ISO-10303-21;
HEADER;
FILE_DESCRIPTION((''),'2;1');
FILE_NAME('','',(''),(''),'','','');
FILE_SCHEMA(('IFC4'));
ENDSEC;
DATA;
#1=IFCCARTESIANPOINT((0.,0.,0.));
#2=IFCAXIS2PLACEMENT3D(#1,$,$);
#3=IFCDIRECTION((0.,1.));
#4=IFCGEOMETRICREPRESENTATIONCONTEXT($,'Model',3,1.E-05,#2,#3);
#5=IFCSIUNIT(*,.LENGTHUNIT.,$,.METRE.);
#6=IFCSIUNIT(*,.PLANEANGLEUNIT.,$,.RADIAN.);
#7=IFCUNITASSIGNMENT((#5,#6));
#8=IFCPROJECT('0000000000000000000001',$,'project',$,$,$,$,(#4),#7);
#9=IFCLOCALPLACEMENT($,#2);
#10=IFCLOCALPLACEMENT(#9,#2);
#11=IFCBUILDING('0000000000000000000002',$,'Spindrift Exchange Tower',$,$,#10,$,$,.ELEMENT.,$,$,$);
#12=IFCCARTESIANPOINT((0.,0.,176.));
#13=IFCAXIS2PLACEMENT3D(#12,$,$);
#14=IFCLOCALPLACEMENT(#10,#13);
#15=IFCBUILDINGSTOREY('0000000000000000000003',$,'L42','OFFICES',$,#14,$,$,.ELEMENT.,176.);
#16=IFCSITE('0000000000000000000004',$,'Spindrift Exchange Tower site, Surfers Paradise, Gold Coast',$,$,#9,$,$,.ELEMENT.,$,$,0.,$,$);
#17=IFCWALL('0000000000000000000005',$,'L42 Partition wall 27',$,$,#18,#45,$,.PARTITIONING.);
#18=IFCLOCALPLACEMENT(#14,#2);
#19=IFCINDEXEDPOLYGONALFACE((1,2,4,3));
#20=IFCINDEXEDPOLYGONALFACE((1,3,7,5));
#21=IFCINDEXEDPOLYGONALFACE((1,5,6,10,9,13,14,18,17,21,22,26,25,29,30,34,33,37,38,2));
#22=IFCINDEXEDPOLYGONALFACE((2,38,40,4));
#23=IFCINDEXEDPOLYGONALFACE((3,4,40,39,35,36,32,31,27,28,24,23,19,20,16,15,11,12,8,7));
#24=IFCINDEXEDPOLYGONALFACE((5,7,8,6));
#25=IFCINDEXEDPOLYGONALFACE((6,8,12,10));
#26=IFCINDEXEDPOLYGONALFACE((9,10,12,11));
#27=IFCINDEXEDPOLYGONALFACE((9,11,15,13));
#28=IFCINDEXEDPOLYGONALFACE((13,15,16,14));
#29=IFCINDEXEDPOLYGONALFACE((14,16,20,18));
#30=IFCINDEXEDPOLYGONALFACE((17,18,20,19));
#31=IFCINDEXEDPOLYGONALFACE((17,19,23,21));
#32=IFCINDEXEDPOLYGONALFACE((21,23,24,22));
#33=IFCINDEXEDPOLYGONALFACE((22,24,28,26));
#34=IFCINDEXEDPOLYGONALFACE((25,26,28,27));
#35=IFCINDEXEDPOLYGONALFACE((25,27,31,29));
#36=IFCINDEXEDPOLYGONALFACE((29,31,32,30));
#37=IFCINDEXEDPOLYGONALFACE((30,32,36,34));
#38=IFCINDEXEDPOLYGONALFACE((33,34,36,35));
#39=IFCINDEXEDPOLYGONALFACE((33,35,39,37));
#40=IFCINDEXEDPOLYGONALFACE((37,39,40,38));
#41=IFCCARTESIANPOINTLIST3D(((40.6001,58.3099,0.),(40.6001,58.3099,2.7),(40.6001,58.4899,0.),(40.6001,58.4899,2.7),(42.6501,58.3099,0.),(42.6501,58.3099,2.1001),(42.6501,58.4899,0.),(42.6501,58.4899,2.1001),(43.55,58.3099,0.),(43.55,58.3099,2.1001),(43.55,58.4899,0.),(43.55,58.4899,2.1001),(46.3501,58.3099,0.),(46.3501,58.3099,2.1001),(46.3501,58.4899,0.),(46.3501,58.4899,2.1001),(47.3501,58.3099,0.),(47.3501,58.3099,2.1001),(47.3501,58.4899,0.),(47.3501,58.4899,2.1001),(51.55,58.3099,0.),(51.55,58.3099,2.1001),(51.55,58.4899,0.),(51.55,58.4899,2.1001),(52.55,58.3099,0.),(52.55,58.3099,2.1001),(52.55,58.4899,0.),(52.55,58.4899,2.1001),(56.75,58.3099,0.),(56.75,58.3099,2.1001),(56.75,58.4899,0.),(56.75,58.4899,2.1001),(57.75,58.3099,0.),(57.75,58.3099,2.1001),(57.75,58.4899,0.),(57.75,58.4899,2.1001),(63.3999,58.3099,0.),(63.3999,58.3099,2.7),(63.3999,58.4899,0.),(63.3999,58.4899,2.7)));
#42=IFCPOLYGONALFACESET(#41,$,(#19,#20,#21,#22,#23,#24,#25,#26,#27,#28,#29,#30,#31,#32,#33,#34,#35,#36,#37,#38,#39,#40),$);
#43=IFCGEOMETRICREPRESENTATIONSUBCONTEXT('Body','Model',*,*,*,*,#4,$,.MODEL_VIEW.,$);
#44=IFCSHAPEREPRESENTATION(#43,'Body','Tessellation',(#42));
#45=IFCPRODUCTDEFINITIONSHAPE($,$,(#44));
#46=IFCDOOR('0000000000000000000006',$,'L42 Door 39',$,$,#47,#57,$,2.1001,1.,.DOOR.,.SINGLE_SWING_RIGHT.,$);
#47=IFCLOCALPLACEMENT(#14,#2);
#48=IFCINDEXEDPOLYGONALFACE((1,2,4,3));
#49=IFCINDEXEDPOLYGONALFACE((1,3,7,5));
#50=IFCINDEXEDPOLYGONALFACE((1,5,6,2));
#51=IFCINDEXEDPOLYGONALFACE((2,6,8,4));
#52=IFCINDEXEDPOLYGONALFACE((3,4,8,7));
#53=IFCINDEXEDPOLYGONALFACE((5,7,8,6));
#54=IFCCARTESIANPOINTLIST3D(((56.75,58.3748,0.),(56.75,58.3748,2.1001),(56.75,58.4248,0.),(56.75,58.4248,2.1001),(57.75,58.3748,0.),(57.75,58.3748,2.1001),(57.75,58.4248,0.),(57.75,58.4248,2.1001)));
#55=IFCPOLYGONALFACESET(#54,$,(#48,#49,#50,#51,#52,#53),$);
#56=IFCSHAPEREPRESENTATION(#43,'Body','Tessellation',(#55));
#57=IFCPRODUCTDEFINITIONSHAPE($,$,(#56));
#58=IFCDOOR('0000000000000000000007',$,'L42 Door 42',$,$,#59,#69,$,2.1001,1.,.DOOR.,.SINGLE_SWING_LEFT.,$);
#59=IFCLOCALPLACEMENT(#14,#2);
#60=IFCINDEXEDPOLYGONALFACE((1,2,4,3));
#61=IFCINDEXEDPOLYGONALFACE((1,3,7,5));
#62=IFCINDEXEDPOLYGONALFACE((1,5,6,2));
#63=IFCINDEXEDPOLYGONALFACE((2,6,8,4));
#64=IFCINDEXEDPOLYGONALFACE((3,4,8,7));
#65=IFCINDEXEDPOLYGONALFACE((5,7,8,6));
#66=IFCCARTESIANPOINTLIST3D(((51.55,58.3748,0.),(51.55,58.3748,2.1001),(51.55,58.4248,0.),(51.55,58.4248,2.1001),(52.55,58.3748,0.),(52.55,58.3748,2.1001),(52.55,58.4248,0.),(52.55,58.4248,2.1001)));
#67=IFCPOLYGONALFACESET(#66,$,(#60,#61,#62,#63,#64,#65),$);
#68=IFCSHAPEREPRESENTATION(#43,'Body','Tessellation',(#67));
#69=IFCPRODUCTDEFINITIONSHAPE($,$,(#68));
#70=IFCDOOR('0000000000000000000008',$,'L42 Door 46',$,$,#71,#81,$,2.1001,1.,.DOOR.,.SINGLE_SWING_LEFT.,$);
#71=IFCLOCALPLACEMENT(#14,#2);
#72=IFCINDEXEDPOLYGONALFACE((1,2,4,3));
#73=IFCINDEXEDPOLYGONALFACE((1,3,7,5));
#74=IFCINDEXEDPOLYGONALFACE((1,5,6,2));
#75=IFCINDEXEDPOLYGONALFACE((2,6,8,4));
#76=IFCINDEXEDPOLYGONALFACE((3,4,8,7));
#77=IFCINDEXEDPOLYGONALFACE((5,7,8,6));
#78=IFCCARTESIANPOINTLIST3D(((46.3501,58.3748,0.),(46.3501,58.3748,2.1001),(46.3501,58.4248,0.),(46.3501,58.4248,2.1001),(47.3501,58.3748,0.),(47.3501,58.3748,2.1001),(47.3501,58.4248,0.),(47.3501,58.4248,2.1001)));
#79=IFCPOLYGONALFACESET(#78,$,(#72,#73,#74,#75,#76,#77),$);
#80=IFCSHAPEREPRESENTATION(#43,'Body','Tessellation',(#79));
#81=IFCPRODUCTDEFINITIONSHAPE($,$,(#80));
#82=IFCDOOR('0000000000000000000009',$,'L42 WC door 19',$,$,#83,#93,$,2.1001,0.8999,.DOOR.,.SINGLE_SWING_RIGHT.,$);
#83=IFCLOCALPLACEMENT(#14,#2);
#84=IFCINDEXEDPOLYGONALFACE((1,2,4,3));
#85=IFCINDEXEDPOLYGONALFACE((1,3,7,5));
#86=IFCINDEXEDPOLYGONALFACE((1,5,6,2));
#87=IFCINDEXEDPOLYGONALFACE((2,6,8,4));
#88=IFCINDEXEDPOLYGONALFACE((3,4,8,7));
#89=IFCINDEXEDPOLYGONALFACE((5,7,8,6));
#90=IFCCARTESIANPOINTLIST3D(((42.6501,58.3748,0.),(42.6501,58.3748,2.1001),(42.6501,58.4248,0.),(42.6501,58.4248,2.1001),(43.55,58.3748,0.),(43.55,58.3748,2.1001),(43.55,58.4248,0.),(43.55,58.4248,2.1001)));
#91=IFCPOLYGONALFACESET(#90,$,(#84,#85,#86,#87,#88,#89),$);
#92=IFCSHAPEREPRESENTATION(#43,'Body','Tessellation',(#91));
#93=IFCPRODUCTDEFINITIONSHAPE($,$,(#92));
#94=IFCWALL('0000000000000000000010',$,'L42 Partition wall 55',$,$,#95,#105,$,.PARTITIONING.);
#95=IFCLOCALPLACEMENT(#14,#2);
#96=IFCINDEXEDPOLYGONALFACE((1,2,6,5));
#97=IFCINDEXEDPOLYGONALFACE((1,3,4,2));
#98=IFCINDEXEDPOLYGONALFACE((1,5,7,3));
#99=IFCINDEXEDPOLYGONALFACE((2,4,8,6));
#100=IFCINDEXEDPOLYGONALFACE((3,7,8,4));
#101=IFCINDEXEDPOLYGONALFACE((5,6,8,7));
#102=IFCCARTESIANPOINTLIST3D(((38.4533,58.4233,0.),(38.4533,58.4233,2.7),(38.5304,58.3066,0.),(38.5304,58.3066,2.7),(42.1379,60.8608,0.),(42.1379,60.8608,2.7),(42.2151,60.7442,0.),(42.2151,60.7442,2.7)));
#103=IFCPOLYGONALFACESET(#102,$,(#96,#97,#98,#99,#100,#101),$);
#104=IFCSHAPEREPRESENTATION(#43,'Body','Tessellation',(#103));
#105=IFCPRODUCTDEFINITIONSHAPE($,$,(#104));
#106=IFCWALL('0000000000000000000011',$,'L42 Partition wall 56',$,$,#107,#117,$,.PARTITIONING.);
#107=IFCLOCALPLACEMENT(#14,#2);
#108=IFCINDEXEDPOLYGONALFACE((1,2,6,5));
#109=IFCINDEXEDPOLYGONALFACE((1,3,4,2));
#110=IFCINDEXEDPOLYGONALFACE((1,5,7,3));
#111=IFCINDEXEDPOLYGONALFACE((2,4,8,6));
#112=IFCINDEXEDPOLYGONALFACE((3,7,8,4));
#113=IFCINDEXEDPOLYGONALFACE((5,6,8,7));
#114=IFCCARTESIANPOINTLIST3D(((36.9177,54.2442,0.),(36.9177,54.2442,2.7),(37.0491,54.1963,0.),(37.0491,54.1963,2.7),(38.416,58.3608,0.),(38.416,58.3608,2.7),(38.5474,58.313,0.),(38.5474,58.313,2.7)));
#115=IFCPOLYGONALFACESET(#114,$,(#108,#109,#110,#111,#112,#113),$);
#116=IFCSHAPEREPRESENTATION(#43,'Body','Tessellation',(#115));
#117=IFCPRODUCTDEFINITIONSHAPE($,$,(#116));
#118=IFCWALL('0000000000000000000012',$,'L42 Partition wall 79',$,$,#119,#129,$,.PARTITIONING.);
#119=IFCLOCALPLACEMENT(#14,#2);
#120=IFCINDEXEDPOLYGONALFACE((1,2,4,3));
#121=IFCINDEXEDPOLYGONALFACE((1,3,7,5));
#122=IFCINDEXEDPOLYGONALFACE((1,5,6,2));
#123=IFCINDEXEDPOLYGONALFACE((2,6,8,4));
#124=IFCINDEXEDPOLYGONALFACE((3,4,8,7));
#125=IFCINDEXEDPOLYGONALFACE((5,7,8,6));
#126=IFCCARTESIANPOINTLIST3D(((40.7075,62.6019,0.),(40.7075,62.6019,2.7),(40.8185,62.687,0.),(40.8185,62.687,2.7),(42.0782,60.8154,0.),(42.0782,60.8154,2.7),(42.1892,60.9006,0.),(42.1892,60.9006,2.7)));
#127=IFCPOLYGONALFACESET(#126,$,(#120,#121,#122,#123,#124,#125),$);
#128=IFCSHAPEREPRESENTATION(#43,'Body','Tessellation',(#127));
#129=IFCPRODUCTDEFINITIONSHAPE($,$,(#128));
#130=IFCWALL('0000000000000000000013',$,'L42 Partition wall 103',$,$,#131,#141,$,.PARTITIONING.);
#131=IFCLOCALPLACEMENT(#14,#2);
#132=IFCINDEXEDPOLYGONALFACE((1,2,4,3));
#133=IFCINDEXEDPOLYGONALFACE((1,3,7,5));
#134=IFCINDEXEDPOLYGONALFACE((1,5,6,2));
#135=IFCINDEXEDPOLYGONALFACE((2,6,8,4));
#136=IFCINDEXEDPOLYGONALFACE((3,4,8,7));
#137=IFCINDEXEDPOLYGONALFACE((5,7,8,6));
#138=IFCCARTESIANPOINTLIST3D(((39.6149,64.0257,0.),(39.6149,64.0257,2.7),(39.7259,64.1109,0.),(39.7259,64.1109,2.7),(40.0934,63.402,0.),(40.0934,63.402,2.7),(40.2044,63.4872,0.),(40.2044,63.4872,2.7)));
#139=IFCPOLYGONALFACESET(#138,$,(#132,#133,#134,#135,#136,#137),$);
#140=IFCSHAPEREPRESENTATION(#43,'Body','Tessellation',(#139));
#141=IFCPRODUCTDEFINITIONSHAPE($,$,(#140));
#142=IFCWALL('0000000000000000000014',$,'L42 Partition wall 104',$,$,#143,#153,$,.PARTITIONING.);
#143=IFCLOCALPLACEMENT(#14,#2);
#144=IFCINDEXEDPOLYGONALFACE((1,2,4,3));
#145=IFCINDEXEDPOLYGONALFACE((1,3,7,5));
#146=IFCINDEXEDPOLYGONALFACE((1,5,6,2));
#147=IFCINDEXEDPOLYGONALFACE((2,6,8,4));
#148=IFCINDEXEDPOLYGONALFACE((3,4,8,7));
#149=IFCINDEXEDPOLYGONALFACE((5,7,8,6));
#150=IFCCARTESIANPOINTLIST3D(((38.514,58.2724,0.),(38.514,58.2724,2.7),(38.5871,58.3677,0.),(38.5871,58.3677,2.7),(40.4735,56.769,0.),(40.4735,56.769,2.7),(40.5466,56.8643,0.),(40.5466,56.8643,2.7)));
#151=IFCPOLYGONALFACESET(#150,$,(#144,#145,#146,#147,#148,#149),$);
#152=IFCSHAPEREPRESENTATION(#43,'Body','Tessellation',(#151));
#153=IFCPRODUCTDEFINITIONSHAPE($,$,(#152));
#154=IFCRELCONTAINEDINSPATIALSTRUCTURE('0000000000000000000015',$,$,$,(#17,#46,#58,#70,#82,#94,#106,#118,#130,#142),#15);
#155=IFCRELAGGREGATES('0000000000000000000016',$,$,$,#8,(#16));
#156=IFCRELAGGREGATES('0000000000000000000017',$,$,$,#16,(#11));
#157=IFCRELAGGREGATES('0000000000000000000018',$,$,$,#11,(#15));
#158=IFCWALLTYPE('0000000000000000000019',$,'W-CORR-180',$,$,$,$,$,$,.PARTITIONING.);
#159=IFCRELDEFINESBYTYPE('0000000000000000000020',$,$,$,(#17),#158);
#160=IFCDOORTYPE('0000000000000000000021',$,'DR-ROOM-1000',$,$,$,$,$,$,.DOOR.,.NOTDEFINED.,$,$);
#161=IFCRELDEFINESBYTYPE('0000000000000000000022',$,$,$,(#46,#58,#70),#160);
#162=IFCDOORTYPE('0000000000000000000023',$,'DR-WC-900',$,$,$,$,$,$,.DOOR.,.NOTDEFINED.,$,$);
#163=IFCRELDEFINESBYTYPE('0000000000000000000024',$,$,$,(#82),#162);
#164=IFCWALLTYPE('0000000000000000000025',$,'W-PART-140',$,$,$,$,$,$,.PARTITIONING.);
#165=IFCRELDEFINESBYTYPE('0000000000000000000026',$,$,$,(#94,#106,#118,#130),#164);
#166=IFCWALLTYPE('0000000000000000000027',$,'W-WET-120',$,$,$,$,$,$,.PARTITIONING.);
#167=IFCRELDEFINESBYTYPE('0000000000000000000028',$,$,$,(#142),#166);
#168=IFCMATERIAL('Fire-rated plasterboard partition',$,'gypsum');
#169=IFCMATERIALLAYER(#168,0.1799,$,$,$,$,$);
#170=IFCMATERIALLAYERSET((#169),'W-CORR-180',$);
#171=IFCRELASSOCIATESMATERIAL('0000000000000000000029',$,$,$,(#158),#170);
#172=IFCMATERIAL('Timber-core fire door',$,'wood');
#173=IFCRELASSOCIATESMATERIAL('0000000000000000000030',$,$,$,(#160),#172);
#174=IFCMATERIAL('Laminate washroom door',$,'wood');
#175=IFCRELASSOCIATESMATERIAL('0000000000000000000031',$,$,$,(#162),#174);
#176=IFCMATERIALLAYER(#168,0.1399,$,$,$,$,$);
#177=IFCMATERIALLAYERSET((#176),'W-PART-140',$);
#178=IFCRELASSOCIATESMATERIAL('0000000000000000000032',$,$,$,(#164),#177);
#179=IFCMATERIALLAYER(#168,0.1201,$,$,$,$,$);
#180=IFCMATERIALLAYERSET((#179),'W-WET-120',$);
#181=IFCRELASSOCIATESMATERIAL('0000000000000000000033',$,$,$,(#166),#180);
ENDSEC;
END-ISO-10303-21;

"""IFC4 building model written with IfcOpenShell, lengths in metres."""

from ifc_helpers import new_model, si_unit, direction, frame, frame_2d, origin, place, context, subcontext, project, spatial, rectangle, extrude, source, transform, mapped, material, layer, layer_set, type_object, element, fill, save


model = new_model("IFC4")

# Units and contexts
model_context = context("Model", 3, precision=1e-05, world=origin(), true_north=direction((0.0, 1.0)))
body_context = subcontext(model_context, "Body", "Model", "MODEL_VIEW")
ifc_project = project(units=[si_unit("LENGTHUNIT", "METRE"), si_unit("PLANEANGLEUNIT", "RADIAN")], contexts=[model_context])

# Site, building, storey
site_placement = place(None, origin())
site = spatial("IfcSite", under=ifc_project, at=site_placement, Name="Spindrift Exchange Tower site, Surfers Paradise, Gold Coast", CompositionType="ELEMENT", RefElevation=0.0)
building_placement = place(site_placement, origin())
building = spatial("IfcBuilding", under=site, at=building_placement, Name="Spindrift Exchange Tower", CompositionType="ELEMENT")
storey_placement = place(building_placement, frame((0.0, 0.0, 176.0)))
storey = spatial("IfcBuildingStorey", under=building, at=storey_placement, Name="L42", Description="OFFICES", CompositionType="ELEMENT", Elevation=176.0)

# Wall, openings, doors
ifc_material_1 = material(Name="Fire-rated plasterboard partition", Category="gypsum")
ifc_layer_1 = layer(ifc_material_1, 0.1799)
ifc_layer_set_1 = layer_set([ifc_layer_1], Name="W-CORR-180")
wall_type_1 = type_object("IfcWallType", Name="W-CORR-180", PredefinedType="PARTITIONING", material=ifc_layer_set_1)
wall_1_placement = place(storey_placement, frame((40.6001, 58.3999, 0.0), z_axis=(0.0, 0.0, 1.0), x_axis=(1.0, 0.0, 0.0)))
wall_1 = element("IfcWall", 1, at=wall_1_placement, inside=storey, type_object=wall_type_1, Name="L42 Partition wall 27", PredefinedType="PARTITIONING", context=body_context, shape_type="SweptSolid", body=[
    extrude(rectangle(XDim=22.7998, YDim=0.1799, at=frame_2d((11.3999, 0.0))), origin(), (0.0, 0.0, 1.0), 2.7),
])
opening_1_placement = place(wall_1_placement, frame((2.05, 0.0, 0.0)))
opening_1 = element("IfcOpeningElement", 2, at=opening_1_placement, cuts=wall_1, PredefinedType="OPENING", context=body_context, shape_type="SweptSolid", body=[
    extrude(rectangle(XDim=0.8999, YDim=2.1001, at=frame_2d((0.45, 1.05))), frame((0.0, 0.0999, 0.0), z_axis=(0.0, -1.0, 0.0), x_axis=(1.0, 0.0, 0.0)), (0.0, 0.0, 1.0), 0.2),
])
opening_2_placement = place(wall_1_placement, frame((16.1499, 0.0, 0.0)))
opening_2 = element("IfcOpeningElement", 3, at=opening_2_placement, cuts=wall_1, PredefinedType="OPENING", context=body_context, shape_type="SweptSolid", body=[
    extrude(rectangle(XDim=1.0, YDim=2.1001, at=frame_2d((0.5, 1.05))), frame((0.0, 0.0999, 0.0), z_axis=(0.0, -1.0, 0.0), x_axis=(1.0, 0.0, 0.0)), (0.0, 0.0, 1.0), 0.2),
])
opening_3_placement = place(wall_1_placement, frame((10.95, 0.0, 0.0)))
opening_3 = element("IfcOpeningElement", 4, at=opening_3_placement, cuts=wall_1, PredefinedType="OPENING", context=body_context, shape_type="SweptSolid", body=[
    extrude(rectangle(XDim=1.0, YDim=2.1001, at=frame_2d((0.5, 1.05))), frame((0.0, 0.0999, 0.0), z_axis=(0.0, -1.0, 0.0), x_axis=(1.0, 0.0, 0.0)), (0.0, 0.0, 1.0), 0.2),
])
opening_4_placement = place(wall_1_placement, frame((5.75, 0.0, 0.0)))
opening_4 = element("IfcOpeningElement", 5, at=opening_4_placement, cuts=wall_1, PredefinedType="OPENING", context=body_context, shape_type="SweptSolid", body=[
    extrude(rectangle(XDim=1.0, YDim=2.1001, at=frame_2d((0.5, 1.05))), frame((0.0, 0.0999, 0.0), z_axis=(0.0, -1.0, 0.0), x_axis=(1.0, 0.0, 0.0)), (0.0, 0.0, 1.0), 0.2),
])
ifc_material_2 = material(Name="Timber-core fire door", Category="wood")
door_type_1 = type_object("IfcDoorType", Name="DR-ROOM-1000", OperationType="NOTDEFINED", PredefinedType="DOOR", material=ifc_material_2)
shared_shape_1 = source(origin(), body_context, "Body", "SweptSolid", [
    extrude(rectangle(XDim=1.0, YDim=2.1001, at=frame_2d((0.5, 1.05))), frame((0.0, 0.0249, 0.0), z_axis=(0.0, -1.0, 0.0), x_axis=(1.0, 0.0, 0.0)), (0.0, 0.0, 1.0), 0.05),
])
door_1_placement = place(opening_2_placement, origin())
door_1 = element("IfcDoor", 6, at=door_1_placement, inside=storey, type_object=door_type_1, Name="L42 Door 39", OperationType="SINGLE_SWING_RIGHT", OverallHeight=2.1001, OverallWidth=1.0, PredefinedType="DOOR", context=body_context, shape_type="MappedRepresentation", body=[
    mapped(shared_shape_1, transform((0.0, 0.0, 0.0), scale=1.0)),
])
fill(opening_2, door_1)
door_2_placement = place(opening_3_placement, origin())
door_2 = element("IfcDoor", 7, at=door_2_placement, inside=storey, type_object=door_type_1, Name="L42 Door 42", OperationType="SINGLE_SWING_LEFT", OverallHeight=2.1001, OverallWidth=1.0, PredefinedType="DOOR", context=body_context, shape_type="MappedRepresentation", body=[
    mapped(shared_shape_1, transform((0.0, 0.0, 0.0), scale=1.0)),
])
fill(opening_3, door_2)
door_3_placement = place(opening_4_placement, origin())
door_3 = element("IfcDoor", 8, at=door_3_placement, inside=storey, type_object=door_type_1, Name="L42 Door 46", OperationType="SINGLE_SWING_LEFT", OverallHeight=2.1001, OverallWidth=1.0, PredefinedType="DOOR", context=body_context, shape_type="MappedRepresentation", body=[
    mapped(shared_shape_1, transform((0.0, 0.0, 0.0), scale=1.0)),
])
fill(opening_4, door_3)
ifc_material_3 = material(Name="Laminate washroom door", Category="wood")
door_type_2 = type_object("IfcDoorType", Name="DR-WC-900", OperationType="NOTDEFINED", PredefinedType="DOOR", material=ifc_material_3)
shared_shape_2 = source(origin(), body_context, "Body", "SweptSolid", [
    extrude(rectangle(XDim=0.8999, YDim=2.1001, at=frame_2d((0.45, 1.05))), frame((0.0, 0.0249, 0.0), z_axis=(0.0, -1.0, 0.0), x_axis=(1.0, 0.0, 0.0)), (0.0, 0.0, 1.0), 0.05),
])
door_4_placement = place(opening_1_placement, origin())
door_4 = element("IfcDoor", 9, at=door_4_placement, inside=storey, type_object=door_type_2, Name="L42 WC door 19", OperationType="SINGLE_SWING_RIGHT", OverallHeight=2.1001, OverallWidth=0.8999, PredefinedType="DOOR", context=body_context, shape_type="MappedRepresentation", body=[
    mapped(shared_shape_2, transform((0.0, 0.0, 0.0), scale=1.0)),
])
fill(opening_1, door_4)

# Walls
ifc_layer_2 = layer(ifc_material_1, 0.1399)
ifc_layer_set_2 = layer_set([ifc_layer_2], Name="W-PART-140")
wall_type_2 = type_object("IfcWallType", Name="W-PART-140", PredefinedType="PARTITIONING", material=ifc_layer_set_2)
wall_2_placement = place(storey_placement, frame((42.1765, 60.8025, 0.0), z_axis=(0.0, 0.0, 1.0), x_axis=(-0.834017, -0.551738, 0.0)))
element("IfcWall", 10, at=wall_2_placement, inside=storey, type_object=wall_type_2, Name="L42 Partition wall 55", PredefinedType="PARTITIONING", context=body_context, shape_type="SweptSolid", body=[
    extrude(rectangle(XDim=4.418, YDim=0.1399, at=frame_2d((2.209, 0.0))), origin(), (0.0, 0.0, 1.0), 2.7),
])
wall_3_placement = place(storey_placement, frame((38.4817, 58.3369, 0.0), z_axis=(0.0, 0.0, 1.0), x_axis=(-0.342007, -0.939697, 0.0)))
element("IfcWall", 11, at=wall_3_placement, inside=storey, type_object=wall_type_2, Name="L42 Partition wall 56", PredefinedType="PARTITIONING", context=body_context, shape_type="SweptSolid", body=[
    extrude(rectangle(XDim=4.3809, YDim=0.1399, at=frame_2d((2.1904, 0.0))), origin(), (0.0, 0.0, 1.0), 2.7),
])
wall_4_placement = place(storey_placement, frame((42.1338, 60.8579, 0.0), z_axis=(0.0, 0.0, 1.0), x_axis=(-0.608725, 0.793381, 0.0)))
element("IfcWall", 12, at=wall_4_placement, inside=storey, type_object=wall_type_2, Name="L42 Partition wall 79", PredefinedType="PARTITIONING", context=body_context, shape_type="SweptSolid", body=[
    extrude(rectangle(XDim=2.2517, YDim=0.1399, at=frame_2d((1.126, 0.0))), origin(), (0.0, 0.0, 1.0), 2.7),
])
wall_5_placement = place(storey_placement, frame((40.1489, 63.4446, 0.0), z_axis=(0.0, 0.0, 1.0), x_axis=(-0.60866, 0.793431, 0.0)))
element("IfcWall", 13, at=wall_5_placement, inside=storey, type_object=wall_type_2, Name="L42 Partition wall 103", PredefinedType="PARTITIONING", context=body_context, shape_type="SweptSolid", body=[
    extrude(rectangle(XDim=0.7861, YDim=0.1399, at=frame_2d((0.3931, 0.0))), origin(), (0.0, 0.0, 1.0), 2.7),
])
ifc_layer_3 = layer(ifc_material_1, 0.1201)
ifc_layer_set_3 = layer_set([ifc_layer_3], Name="W-WET-120")
wall_type_3 = type_object("IfcWallType", Name="W-WET-120", PredefinedType="PARTITIONING", material=ifc_layer_set_3)
wall_6_placement = place(storey_placement, frame((40.51, 56.8167, 0.0), z_axis=(0.0, 0.0, 1.0), x_axis=(-0.79338, 0.608726, 0.0)))
element("IfcWall", 14, at=wall_6_placement, inside=storey, type_object=wall_type_3, Name="L42 Partition wall 104", PredefinedType="PARTITIONING", context=body_context, shape_type="SweptSolid", body=[
    extrude(rectangle(XDim=2.4697, YDim=0.1201, at=frame_2d((1.2349, 0.0))), origin(), (0.0, 0.0, 1.0), 2.7),
])

save(model, "model.ifc")
